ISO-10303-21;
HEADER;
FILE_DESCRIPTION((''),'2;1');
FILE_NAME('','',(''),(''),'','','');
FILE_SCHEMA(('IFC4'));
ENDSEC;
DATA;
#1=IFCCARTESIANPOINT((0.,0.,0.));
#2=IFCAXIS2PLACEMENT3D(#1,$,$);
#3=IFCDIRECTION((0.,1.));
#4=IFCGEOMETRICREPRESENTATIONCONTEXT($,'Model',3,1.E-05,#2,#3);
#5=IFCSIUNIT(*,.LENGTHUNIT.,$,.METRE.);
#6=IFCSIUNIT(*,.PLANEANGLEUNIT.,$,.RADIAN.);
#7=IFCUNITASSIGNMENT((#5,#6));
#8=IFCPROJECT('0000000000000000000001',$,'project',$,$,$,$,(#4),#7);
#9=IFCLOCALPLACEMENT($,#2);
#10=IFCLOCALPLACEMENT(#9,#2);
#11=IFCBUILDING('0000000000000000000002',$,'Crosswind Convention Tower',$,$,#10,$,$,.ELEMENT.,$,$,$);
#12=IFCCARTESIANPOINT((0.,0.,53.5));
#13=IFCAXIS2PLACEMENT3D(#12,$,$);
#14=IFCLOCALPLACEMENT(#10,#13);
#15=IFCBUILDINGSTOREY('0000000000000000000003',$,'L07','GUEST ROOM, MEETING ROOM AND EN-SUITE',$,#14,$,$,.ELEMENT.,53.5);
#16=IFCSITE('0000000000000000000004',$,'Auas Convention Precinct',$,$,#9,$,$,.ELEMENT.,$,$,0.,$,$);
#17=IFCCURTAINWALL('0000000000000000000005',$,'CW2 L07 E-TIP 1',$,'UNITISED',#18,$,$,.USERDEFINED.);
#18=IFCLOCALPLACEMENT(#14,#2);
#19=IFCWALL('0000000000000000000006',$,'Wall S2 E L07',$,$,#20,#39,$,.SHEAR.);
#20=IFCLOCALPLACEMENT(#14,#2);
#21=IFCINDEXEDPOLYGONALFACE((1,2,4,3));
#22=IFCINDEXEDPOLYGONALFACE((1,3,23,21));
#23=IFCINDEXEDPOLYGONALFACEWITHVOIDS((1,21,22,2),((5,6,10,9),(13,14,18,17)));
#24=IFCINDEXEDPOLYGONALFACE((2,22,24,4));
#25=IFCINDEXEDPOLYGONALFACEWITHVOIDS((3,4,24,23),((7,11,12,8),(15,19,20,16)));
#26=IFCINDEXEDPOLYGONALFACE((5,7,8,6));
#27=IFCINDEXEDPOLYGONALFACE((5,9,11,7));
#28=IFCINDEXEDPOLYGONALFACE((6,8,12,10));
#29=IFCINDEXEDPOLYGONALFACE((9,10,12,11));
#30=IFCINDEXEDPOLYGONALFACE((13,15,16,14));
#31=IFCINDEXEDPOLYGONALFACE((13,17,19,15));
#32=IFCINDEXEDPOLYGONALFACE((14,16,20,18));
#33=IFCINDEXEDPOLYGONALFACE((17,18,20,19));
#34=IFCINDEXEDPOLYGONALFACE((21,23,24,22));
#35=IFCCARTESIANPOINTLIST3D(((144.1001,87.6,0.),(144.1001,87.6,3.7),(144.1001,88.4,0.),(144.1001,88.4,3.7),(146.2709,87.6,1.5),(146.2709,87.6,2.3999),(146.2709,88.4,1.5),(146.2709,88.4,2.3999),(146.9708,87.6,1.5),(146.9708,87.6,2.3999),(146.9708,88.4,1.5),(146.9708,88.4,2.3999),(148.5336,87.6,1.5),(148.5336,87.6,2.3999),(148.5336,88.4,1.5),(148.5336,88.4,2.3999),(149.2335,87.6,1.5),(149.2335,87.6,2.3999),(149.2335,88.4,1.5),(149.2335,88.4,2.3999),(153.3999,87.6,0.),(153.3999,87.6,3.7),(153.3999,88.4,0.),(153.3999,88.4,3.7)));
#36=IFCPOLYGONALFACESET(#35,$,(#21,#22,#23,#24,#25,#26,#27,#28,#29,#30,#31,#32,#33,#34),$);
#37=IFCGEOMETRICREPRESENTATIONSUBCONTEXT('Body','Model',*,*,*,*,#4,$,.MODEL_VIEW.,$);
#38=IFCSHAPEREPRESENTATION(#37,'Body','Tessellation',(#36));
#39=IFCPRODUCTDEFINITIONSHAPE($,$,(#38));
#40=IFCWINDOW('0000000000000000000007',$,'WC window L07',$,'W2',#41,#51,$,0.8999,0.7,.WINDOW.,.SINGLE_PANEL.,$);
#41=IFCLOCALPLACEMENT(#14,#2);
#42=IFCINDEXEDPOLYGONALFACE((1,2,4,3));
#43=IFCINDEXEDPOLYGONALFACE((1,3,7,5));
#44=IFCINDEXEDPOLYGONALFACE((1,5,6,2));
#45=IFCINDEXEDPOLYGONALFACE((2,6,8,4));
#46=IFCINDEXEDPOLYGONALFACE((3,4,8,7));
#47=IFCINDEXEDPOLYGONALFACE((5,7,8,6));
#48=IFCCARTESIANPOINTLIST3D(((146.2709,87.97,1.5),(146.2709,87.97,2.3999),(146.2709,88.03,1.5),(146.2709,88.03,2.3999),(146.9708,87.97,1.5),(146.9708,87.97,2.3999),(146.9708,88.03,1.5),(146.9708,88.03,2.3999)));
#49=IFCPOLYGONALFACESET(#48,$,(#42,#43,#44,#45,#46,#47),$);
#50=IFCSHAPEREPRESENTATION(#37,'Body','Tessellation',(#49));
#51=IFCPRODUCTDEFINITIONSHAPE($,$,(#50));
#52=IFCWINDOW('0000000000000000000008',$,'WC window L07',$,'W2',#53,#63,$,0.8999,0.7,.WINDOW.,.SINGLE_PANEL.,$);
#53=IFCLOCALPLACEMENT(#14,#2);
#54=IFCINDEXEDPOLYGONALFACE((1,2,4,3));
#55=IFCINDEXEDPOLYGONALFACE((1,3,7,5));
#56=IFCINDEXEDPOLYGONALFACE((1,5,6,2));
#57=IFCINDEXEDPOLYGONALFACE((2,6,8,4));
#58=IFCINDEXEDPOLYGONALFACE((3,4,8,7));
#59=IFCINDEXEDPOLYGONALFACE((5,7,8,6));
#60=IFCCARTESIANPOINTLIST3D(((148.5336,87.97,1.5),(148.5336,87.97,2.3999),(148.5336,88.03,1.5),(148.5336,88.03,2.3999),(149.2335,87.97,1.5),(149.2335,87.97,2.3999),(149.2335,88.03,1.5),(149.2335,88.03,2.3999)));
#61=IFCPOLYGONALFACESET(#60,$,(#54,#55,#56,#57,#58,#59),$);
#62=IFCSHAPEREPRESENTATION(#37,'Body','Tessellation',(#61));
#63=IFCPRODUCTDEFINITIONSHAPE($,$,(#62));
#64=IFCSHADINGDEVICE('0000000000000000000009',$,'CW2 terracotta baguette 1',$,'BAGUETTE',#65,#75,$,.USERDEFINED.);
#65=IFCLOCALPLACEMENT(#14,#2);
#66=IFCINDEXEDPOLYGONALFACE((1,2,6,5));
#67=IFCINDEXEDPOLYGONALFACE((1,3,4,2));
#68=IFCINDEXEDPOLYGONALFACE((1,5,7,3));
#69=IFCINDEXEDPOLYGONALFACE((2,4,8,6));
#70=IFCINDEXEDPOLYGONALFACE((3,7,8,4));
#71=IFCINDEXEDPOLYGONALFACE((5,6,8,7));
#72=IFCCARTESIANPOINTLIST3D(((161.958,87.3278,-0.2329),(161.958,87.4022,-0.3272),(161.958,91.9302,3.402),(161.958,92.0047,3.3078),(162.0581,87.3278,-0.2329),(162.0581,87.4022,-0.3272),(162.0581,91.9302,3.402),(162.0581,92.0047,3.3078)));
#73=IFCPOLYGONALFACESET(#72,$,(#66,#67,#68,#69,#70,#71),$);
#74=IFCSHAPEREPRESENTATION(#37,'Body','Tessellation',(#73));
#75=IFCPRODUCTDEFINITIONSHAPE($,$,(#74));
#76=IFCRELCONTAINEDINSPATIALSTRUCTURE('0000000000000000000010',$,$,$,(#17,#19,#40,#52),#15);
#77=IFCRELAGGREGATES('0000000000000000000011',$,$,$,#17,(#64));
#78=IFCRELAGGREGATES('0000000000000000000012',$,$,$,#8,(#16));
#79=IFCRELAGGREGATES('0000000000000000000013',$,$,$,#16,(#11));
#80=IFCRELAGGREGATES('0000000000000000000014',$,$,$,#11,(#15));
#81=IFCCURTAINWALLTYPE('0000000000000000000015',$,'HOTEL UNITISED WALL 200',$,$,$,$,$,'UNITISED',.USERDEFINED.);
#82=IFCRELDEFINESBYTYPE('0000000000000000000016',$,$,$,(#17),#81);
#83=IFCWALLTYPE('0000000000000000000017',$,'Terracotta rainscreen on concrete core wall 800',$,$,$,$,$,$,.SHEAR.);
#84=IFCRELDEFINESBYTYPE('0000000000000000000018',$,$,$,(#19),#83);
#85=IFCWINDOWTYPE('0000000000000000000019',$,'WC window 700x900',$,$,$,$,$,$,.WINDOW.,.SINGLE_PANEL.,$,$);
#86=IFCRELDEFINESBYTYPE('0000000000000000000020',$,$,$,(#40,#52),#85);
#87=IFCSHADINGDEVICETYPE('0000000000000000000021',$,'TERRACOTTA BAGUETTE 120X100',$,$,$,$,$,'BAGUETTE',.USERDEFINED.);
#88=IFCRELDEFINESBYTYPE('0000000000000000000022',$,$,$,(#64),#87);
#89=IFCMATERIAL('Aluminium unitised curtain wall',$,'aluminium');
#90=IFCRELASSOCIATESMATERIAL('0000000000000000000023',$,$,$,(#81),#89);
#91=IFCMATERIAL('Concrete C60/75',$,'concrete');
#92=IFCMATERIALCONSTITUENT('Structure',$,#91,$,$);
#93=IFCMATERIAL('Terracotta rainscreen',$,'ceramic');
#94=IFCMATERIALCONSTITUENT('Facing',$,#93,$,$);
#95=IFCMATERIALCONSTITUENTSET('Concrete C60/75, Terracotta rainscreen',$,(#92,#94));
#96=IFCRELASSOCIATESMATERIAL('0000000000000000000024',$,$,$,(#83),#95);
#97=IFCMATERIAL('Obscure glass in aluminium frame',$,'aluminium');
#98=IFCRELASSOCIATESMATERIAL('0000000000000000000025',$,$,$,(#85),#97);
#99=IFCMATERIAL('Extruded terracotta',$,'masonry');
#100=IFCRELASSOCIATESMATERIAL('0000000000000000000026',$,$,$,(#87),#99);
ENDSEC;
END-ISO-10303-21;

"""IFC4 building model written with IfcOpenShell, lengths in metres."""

from ifc_helpers import new_model, si_unit, direction, frame, frame_2d, origin, origin_2d, place, context, subcontext, project, spatial, rectangle, extrude, material, constituent, constituent_set, material_profile, profile_set, type_object, element, fill, aggregate, save


model = new_model("IFC4")

# Units and contexts
model_context = context("Model", 3, precision=1e-05, world=origin(), true_north=direction((0.0, 1.0)))
body_context = subcontext(model_context, "Body", "Model", "MODEL_VIEW")
ifc_project = project(units=[si_unit("LENGTHUNIT", "METRE"), si_unit("PLANEANGLEUNIT", "RADIAN")], contexts=[model_context])

# Site, building, storey
site_placement = place(None, origin())
site = spatial("IfcSite", under=ifc_project, at=site_placement, Name="Auas Convention Precinct", CompositionType="ELEMENT", RefElevation=0.0)
building_placement = place(site_placement, origin())
building = spatial("IfcBuilding", under=site, at=building_placement, Name="Crosswind Convention Tower", CompositionType="ELEMENT")
storey_placement = place(building_placement, frame((0.0, 0.0, 53.5)))
storey = spatial("IfcBuildingStorey", under=building, at=storey_placement, Name="L07", Description="GUEST ROOM, MEETING ROOM AND EN-SUITE", CompositionType="ELEMENT", Elevation=53.5)

# Shared definitions
ifc_material_1 = material(Name="Concrete C60/75", Category="concrete")

# Shared definitions
ifc_material_2 = material(Name="Aluminium unitised curtain wall", Category="aluminium")

# Curtain wall
curtain_wall_type_1 = type_object("IfcCurtainWallType", Name="HOTEL UNITISED WALL 200", ElementType="UNITISED", PredefinedType="USERDEFINED", material=ifc_material_2)
curtain_wall_1_placement = place(storey_placement, origin())
curtain_wall_1 = element("IfcCurtainWall", 1, at=curtain_wall_1_placement, inside=storey, type_object=curtain_wall_type_1, Name="CW2 L07 E-TIP 1", ObjectType="UNITISED", PredefinedType="USERDEFINED")

# Shared definitions
ifc_constituent_1 = constituent(ifc_material_1, Name="Structure")
ifc_material_3 = material(Name="Terracotta rainscreen", Category="ceramic")
ifc_constituent_2 = constituent(ifc_material_3, Name="Facing")
ifc_constituent_set = constituent_set(constituents=[ifc_constituent_1, ifc_constituent_2], Name="Concrete C60/75, Terracotta rainscreen")
wall_type_1 = type_object("IfcWallType", Name="Terracotta rainscreen on concrete core wall 800", PredefinedType="SHEAR", material=ifc_constituent_set)

# Wall, openings, windows
wall_1_placement = place(storey_placement, frame((144.1001, 88.0, 0.0), z_axis=(0.0, 0.0, 1.0), x_axis=(1.0, 0.0, 0.0)))
wall_1 = element("IfcWall", 2, at=wall_1_placement, inside=storey, type_object=wall_type_1, Name="Wall S2 E L07", PredefinedType="SHEAR", context=body_context, shape_type="SweptSolid", body=[
    extrude(rectangle(XDim=9.2998, YDim=0.8, at=frame_2d((4.6499, 0.0))), origin(), (0.0, 0.0, 1.0), 3.7),
])
opening_1_placement = place(wall_1_placement, frame((2.1707, 0.0, 1.5)))
opening_1 = element("IfcOpeningElement", 3, at=opening_1_placement, cuts=wall_1, PredefinedType="OPENING", context=body_context, shape_type="SweptSolid", body=[
    extrude(rectangle(XDim=0.7, YDim=0.8999, at=frame_2d((0.3501, 0.45))), frame((0.0, 0.4099, 0.0), z_axis=(0.0, -1.0, 0.0), x_axis=(1.0, 0.0, 0.0)), (0.0, 0.0, 1.0), 0.8201),
])
opening_2_placement = place(wall_1_placement, frame((4.4333, 0.0, 1.5)))
opening_2 = element("IfcOpeningElement", 4, at=opening_2_placement, cuts=wall_1, PredefinedType="OPENING", context=body_context, shape_type="SweptSolid", body=[
    extrude(rectangle(XDim=0.7, YDim=0.8999, at=frame_2d((0.3501, 0.45))), frame((0.0, 0.4099, 0.0), z_axis=(0.0, -1.0, 0.0), x_axis=(1.0, 0.0, 0.0)), (0.0, 0.0, 1.0), 0.8201),
])
ifc_material_4 = material(Name="Obscure glass in aluminium frame", Category="aluminium")
window_type = type_object("IfcWindowType", Name="WC window 700x900", PartitioningType="SINGLE_PANEL", PredefinedType="WINDOW", material=ifc_material_4)
window_1_placement = place(opening_1_placement, origin())
window_1 = element("IfcWindow", 5, at=window_1_placement, inside=storey, type_object=window_type, Name="WC window L07", ObjectType="W2", OverallHeight=0.8999, OverallWidth=0.7, PartitioningType="SINGLE_PANEL", PredefinedType="WINDOW", context=body_context, shape_type="SweptSolid", body=[
    extrude(rectangle(XDim=0.7, YDim=0.8999, at=frame_2d((0.3501, 0.45))), frame((0.0, 0.03, 0.0), z_axis=(0.0, -1.0, 0.0), x_axis=(1.0, 0.0, 0.0)), (0.0, 0.0, 1.0), 0.0601),
])
fill(opening_1, window_1)
window_2_placement = place(opening_2_placement, origin())
window_2 = element("IfcWindow", 6, at=window_2_placement, inside=storey, type_object=window_type, Name="WC window L07", ObjectType="W2", OverallHeight=0.8999, OverallWidth=0.7, PartitioningType="SINGLE_PANEL", PredefinedType="WINDOW", context=body_context, shape_type="SweptSolid", body=[
    extrude(rectangle(XDim=0.7, YDim=0.8999, at=frame_2d((0.3501, 0.45))), frame((0.0, 0.03, 0.0), z_axis=(0.0, -1.0, 0.0), x_axis=(1.0, 0.0, 0.0)), (0.0, 0.0, 1.0), 0.0601),
])
fill(opening_2, window_2)

# Shading device
ifc_material_5 = material(Name="Extruded terracotta", Category="masonry")
ifc_material_profile_1 = material_profile(ifc_material_5, rectangle(XDim=0.1001, YDim=0.1201, at=origin_2d()), Name="TC 100X120")
ifc_profile_set_1 = profile_set([ifc_material_profile_1], Name="Extruded terracotta")
shading_device_type = type_object("IfcShadingDeviceType", Name="TERRACOTTA BAGUETTE 120X100", ElementType="BAGUETTE", PredefinedType="USERDEFINED", material=ifc_profile_set_1)
shading_device_placement = place(storey_placement, frame((162.0081, 87.365, -0.28), z_axis=(0.0, 0.784764, 0.619794), x_axis=(-1.0, 0.0, 0.0)))
shading_device = element("IfcShadingDevice", 7, at=shading_device_placement, type_object=shading_device_type, Name="CW2 terracotta baguette 1", ObjectType="BAGUETTE", PredefinedType="USERDEFINED", context=body_context, shape_type="SweptSolid", body=[
    extrude(rectangle(XDim=0.1001, YDim=0.1201, at=origin_2d()), origin(), (0.0, 0.0, 1.0), 5.8647),
])
aggregate(curtain_wall_1, [shading_device])

save(model, "model.ifc")
